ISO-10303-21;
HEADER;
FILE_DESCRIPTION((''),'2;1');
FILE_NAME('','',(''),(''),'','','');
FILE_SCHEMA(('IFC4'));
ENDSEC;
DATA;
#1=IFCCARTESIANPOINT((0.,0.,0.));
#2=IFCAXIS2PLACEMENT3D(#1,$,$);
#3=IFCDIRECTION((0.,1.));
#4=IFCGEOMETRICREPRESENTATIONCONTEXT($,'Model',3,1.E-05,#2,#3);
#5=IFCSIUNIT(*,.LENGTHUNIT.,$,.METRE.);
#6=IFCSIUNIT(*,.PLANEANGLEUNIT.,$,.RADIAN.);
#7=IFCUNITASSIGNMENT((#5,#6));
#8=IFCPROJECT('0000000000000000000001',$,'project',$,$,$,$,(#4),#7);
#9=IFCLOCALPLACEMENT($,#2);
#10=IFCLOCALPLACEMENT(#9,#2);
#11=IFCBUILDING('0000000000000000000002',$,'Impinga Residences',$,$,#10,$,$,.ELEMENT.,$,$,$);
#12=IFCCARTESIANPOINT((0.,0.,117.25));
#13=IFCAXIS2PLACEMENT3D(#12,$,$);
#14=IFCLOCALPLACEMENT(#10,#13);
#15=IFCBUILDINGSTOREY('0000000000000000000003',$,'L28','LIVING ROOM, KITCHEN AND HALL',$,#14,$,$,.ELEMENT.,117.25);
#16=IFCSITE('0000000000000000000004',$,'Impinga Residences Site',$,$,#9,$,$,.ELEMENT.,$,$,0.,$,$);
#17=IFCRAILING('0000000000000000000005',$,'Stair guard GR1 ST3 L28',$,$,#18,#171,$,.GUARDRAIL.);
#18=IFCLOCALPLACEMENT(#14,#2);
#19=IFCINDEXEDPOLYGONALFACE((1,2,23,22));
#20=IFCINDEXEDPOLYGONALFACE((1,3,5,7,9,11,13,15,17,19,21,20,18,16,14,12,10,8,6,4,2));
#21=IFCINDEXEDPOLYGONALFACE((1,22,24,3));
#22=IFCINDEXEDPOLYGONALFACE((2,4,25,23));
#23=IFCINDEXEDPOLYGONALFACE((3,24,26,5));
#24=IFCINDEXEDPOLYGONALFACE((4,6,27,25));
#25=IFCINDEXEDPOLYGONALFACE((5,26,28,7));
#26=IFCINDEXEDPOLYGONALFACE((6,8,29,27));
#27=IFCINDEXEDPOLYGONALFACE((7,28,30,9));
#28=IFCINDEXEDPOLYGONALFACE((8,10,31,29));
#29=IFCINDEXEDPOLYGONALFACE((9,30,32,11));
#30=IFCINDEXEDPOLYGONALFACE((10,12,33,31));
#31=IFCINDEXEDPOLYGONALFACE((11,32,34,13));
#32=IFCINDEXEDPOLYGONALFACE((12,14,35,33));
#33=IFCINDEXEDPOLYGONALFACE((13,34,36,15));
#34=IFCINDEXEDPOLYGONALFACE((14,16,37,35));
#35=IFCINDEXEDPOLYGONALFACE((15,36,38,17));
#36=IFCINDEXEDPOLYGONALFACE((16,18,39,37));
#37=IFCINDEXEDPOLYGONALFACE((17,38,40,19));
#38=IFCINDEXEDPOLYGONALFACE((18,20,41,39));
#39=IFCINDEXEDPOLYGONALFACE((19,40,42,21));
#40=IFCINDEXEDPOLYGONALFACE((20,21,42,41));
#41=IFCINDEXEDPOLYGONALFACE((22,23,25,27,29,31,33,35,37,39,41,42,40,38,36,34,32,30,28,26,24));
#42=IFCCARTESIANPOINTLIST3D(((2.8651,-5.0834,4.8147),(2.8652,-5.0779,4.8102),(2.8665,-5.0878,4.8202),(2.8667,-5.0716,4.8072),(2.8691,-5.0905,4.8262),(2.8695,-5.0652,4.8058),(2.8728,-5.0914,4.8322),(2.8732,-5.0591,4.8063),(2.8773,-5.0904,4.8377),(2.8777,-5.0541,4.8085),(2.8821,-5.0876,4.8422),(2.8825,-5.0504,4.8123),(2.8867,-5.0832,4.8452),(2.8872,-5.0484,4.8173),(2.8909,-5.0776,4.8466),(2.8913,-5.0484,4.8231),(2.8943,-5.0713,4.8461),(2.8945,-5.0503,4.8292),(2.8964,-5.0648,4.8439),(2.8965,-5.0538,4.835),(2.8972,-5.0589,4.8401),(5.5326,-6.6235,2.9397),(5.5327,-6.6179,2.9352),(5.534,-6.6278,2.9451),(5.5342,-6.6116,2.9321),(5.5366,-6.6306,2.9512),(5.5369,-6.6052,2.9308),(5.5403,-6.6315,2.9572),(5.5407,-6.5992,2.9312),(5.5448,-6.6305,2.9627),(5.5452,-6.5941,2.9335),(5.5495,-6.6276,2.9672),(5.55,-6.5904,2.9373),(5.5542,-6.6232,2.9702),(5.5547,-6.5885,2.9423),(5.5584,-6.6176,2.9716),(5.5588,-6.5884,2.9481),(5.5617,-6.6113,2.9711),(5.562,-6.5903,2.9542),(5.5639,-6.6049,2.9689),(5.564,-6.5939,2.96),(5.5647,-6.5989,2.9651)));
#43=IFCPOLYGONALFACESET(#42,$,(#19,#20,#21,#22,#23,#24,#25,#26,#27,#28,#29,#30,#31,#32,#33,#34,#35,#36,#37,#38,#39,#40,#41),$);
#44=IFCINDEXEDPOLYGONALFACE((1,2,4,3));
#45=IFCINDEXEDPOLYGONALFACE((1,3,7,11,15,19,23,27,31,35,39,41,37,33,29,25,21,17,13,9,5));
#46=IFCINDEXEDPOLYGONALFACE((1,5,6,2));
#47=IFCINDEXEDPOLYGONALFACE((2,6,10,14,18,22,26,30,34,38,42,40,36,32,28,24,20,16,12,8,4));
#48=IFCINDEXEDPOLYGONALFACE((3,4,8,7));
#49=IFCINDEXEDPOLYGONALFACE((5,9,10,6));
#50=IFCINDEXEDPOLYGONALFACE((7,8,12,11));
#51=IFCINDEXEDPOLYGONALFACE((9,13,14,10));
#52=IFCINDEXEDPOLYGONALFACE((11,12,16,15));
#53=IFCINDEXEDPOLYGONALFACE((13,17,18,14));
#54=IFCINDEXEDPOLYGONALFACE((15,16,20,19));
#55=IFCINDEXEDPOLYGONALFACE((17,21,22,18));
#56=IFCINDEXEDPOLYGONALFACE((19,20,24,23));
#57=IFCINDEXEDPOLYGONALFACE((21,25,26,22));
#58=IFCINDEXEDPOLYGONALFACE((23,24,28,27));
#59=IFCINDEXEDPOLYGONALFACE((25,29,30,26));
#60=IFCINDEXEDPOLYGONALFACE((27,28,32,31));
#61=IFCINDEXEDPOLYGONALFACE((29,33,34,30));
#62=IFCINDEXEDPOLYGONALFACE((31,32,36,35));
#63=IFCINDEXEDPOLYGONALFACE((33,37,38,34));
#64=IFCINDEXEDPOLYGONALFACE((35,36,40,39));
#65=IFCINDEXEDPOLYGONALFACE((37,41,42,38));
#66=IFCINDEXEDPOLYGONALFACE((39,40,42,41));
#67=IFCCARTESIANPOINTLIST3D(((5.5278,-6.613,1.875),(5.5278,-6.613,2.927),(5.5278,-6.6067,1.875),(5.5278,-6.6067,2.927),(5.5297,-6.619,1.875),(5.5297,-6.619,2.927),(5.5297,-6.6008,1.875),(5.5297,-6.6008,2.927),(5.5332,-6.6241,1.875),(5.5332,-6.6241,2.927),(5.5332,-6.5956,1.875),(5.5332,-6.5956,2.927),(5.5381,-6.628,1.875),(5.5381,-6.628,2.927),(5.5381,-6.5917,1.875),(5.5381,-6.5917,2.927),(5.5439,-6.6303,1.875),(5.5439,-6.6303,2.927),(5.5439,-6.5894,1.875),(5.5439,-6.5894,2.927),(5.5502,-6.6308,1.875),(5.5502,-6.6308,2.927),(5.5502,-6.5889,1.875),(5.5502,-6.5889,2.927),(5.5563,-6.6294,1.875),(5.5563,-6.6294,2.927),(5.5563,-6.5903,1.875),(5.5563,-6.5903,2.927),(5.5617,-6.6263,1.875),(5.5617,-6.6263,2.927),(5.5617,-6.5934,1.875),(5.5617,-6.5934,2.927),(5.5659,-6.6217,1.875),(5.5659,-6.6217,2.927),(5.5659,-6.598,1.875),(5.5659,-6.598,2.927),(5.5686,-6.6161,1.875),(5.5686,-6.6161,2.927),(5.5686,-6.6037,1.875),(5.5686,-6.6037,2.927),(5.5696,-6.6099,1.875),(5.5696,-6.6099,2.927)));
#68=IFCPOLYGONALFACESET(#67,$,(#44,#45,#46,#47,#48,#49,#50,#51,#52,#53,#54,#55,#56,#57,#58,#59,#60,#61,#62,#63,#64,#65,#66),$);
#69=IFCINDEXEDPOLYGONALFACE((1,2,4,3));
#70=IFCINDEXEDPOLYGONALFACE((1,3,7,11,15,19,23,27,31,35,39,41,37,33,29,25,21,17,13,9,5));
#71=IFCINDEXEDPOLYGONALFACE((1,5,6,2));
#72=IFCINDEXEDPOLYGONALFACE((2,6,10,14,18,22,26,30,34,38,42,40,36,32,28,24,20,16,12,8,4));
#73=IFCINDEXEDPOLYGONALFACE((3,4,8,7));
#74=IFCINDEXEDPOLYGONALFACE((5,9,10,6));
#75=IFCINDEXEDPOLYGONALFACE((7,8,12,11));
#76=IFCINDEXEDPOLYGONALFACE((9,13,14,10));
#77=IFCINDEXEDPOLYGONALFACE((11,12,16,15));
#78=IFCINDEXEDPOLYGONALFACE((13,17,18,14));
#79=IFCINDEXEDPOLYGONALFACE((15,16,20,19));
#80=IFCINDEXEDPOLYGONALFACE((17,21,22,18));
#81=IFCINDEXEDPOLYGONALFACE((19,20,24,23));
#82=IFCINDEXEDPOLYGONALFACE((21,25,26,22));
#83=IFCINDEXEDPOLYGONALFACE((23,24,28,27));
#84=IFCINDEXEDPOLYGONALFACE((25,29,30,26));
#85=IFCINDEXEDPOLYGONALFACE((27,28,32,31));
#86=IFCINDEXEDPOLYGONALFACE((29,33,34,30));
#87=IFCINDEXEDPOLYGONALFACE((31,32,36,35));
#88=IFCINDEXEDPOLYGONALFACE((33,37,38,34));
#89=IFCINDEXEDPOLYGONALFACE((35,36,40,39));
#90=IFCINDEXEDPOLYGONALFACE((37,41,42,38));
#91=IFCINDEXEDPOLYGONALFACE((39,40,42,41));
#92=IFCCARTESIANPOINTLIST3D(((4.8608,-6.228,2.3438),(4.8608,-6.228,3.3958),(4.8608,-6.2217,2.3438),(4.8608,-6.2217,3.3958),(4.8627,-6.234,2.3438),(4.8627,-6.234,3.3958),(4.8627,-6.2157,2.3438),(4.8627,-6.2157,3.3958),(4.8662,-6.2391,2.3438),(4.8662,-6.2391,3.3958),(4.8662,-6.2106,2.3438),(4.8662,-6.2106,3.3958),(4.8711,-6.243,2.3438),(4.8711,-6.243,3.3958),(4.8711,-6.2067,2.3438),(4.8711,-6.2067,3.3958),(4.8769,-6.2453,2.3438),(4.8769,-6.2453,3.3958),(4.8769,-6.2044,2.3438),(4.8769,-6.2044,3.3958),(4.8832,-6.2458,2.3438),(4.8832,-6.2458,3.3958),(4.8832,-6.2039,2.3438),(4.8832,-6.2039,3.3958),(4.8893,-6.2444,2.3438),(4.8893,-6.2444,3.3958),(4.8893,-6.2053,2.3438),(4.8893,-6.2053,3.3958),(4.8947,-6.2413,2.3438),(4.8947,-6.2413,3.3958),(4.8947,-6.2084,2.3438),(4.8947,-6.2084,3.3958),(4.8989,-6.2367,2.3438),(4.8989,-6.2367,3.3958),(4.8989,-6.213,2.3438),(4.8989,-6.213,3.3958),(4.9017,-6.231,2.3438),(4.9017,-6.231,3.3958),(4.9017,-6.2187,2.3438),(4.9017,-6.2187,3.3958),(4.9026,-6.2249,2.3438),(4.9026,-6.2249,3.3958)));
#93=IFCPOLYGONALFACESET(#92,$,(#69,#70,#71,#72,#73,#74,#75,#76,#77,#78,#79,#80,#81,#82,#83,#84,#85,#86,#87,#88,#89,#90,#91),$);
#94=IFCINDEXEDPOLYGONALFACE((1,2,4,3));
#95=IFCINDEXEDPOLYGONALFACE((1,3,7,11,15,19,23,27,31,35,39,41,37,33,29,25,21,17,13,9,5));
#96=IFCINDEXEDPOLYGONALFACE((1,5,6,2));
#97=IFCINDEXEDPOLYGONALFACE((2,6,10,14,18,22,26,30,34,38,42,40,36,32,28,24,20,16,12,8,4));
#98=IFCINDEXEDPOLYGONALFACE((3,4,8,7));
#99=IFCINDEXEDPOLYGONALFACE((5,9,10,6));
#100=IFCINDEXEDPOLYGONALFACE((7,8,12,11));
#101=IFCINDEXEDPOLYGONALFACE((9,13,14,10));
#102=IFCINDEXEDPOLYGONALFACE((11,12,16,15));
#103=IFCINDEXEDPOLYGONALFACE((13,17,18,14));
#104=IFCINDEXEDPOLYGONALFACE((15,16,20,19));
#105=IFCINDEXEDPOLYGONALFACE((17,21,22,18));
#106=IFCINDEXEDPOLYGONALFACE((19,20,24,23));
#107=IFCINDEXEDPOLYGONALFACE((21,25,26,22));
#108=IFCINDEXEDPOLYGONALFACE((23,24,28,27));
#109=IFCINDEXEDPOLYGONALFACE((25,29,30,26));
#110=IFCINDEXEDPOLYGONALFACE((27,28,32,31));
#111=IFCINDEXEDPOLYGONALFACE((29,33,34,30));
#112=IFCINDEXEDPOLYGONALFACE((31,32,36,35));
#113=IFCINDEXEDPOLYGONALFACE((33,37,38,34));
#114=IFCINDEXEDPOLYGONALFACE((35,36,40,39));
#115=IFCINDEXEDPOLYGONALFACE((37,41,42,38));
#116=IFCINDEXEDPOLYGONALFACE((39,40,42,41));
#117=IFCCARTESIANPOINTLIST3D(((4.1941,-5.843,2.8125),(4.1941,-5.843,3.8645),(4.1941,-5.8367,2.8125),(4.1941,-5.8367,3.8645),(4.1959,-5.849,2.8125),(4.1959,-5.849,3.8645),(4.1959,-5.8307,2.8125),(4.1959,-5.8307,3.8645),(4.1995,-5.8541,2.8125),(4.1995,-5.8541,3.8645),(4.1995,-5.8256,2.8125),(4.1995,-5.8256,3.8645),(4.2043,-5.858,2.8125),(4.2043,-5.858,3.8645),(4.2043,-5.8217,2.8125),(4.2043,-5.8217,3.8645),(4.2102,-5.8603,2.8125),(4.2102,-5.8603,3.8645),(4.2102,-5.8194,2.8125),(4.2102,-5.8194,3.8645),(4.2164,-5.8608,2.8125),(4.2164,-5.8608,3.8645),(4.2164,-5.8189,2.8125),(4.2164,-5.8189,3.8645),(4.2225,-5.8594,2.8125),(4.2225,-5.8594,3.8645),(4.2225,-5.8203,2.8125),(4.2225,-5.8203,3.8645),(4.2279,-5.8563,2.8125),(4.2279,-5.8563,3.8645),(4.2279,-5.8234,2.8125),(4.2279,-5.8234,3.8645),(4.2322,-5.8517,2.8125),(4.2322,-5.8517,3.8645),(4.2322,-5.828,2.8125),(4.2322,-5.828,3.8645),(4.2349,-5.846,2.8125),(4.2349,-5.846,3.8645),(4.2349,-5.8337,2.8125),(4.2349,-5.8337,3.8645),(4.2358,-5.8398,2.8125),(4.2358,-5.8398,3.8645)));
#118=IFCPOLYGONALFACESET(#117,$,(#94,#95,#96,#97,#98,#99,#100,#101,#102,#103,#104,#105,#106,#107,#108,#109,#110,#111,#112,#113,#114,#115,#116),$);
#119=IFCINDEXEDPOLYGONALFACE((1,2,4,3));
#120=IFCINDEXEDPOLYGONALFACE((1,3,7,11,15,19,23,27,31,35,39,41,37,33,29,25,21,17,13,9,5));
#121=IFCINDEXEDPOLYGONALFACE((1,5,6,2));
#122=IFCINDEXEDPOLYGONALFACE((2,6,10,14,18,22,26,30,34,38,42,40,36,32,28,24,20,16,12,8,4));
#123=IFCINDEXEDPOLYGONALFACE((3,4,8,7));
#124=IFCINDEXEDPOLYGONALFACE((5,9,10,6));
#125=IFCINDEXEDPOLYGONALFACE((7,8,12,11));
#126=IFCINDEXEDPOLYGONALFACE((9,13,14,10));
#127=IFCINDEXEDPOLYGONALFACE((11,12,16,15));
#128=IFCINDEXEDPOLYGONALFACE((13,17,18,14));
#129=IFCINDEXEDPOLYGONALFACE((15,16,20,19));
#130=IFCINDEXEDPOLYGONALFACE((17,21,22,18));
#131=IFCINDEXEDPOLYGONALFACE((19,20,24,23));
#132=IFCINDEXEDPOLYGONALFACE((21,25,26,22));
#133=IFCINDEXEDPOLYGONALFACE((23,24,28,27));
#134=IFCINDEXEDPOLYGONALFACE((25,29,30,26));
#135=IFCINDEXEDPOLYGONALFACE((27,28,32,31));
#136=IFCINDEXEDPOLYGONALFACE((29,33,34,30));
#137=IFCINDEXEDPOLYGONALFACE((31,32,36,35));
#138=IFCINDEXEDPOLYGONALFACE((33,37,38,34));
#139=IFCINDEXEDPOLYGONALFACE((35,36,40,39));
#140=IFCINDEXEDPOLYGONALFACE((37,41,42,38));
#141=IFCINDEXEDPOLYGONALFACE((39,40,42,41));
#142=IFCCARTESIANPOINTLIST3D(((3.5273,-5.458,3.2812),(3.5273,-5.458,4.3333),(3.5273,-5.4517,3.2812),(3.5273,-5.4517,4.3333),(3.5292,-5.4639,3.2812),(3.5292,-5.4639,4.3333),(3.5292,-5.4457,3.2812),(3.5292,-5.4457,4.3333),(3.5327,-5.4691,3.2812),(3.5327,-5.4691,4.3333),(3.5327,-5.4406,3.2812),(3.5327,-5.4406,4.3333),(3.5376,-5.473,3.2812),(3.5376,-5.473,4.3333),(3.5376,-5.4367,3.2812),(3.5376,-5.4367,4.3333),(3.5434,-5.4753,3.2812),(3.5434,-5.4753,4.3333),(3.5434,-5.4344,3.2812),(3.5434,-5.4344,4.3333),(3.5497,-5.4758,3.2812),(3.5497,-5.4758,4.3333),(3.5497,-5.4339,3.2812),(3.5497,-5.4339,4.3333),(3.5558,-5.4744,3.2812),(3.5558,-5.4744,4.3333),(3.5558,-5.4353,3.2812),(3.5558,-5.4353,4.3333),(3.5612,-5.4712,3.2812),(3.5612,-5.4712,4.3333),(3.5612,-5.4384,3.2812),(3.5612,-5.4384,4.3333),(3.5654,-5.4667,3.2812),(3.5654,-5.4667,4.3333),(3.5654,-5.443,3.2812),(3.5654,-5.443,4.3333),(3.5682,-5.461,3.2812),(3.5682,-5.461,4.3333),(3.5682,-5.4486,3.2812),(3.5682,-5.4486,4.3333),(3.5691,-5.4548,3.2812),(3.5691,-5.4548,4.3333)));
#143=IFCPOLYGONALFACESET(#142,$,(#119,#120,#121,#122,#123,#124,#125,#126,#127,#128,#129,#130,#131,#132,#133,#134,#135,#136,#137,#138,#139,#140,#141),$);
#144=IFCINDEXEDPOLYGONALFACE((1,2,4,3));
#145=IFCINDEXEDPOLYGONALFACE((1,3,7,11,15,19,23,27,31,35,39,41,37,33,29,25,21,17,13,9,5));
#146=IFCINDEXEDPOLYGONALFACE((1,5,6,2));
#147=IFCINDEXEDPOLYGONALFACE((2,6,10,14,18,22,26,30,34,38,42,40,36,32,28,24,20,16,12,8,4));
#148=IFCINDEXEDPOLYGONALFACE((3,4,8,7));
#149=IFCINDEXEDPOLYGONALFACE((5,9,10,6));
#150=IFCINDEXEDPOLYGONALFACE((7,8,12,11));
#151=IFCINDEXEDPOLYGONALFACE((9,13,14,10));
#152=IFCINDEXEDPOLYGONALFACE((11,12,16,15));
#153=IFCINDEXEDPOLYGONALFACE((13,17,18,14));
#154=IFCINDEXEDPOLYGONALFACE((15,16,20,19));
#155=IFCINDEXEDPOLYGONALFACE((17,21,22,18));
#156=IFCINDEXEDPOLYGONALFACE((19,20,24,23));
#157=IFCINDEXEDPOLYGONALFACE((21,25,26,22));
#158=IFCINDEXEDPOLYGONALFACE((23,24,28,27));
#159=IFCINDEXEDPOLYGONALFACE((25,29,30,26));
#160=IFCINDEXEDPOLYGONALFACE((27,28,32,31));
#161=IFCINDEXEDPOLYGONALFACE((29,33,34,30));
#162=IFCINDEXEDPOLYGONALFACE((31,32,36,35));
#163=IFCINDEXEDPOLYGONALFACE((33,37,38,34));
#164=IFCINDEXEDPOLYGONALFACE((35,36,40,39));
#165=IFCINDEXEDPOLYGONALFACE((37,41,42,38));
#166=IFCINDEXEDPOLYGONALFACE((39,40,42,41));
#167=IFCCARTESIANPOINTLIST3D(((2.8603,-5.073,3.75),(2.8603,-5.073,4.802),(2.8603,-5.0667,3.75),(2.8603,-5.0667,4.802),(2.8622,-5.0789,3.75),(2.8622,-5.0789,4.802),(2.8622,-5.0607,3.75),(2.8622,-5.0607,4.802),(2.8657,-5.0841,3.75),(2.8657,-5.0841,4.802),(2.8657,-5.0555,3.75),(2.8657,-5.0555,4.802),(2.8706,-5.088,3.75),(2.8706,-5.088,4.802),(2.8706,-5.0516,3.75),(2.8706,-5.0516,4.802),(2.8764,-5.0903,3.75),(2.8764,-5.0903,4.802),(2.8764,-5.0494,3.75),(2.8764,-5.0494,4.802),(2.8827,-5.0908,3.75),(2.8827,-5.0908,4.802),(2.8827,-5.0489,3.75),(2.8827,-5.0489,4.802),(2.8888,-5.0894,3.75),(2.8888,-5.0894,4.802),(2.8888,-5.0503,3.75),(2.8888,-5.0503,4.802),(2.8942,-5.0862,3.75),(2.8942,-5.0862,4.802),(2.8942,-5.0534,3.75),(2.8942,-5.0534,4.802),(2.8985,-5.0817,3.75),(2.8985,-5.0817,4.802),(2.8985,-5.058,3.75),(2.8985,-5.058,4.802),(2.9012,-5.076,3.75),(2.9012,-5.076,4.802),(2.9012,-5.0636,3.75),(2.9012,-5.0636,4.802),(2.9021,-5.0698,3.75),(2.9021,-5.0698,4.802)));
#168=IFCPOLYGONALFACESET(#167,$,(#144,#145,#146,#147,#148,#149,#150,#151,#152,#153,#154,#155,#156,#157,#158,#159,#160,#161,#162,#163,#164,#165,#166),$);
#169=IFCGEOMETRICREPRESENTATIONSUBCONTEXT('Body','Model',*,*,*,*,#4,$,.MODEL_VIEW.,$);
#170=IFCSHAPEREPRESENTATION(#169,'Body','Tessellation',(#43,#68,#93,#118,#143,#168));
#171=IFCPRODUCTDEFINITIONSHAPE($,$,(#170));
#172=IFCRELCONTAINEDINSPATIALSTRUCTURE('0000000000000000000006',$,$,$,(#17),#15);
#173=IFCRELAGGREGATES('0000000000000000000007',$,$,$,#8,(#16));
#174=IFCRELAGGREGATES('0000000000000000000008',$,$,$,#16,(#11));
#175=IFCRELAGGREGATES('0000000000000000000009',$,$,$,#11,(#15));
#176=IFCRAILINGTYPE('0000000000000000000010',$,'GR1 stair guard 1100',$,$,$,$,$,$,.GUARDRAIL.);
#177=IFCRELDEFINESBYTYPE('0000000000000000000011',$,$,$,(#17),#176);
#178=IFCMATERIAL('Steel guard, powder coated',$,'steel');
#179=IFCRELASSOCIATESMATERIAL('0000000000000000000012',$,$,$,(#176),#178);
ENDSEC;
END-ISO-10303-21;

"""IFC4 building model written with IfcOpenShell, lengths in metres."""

from ifc_helpers import new_model, si_unit, direction, frame, origin, origin_2d, place, context, subcontext, project, spatial, circle, extrude, material, type_object, element, save


model = new_model("IFC4")

# Units and contexts
model_context = context("Model", 3, precision=1e-05, world=origin(), true_north=direction((0.0, 1.0)))
body_context = subcontext(model_context, "Body", "Model", "MODEL_VIEW")
ifc_project = project(units=[si_unit("LENGTHUNIT", "METRE"), si_unit("PLANEANGLEUNIT", "RADIAN")], contexts=[model_context])

# Site, building, storey
site_placement = place(None, origin())
site = spatial("IfcSite", under=ifc_project, at=site_placement, Name="Impinga Residences Site", CompositionType="ELEMENT", RefElevation=0.0)
building_placement = place(site_placement, origin())
building = spatial("IfcBuilding", under=site, at=building_placement, Name="Impinga Residences", CompositionType="ELEMENT")
storey_placement = place(building_placement, frame((0.0, 0.0, 117.25)))
storey = spatial("IfcBuildingStorey", under=building, at=storey_placement, Name="L28", Description="LIVING ROOM, KITCHEN AND HALL", CompositionType="ELEMENT", Elevation=117.25)

# Railing
ifc_material_1 = material(Name="Steel guard, powder coated", Category="steel")
railing_type_1 = type_object("IfcRailingType", Name="GR1 stair guard 1100", PredefinedType="GUARDRAIL", material=ifc_material_1)
railing_1_placement = place(storey_placement, frame((5.5486, -6.6099, 1.875)))
element("IfcRailing", 1, at=railing_1_placement, inside=storey, type_object=railing_type_1, Name="Stair guard GR1 ST3 L28", PredefinedType="GUARDRAIL", context=body_context, shape_type="SweptSolid", body=[
    extrude(circle(Radius=0.0239, at=origin_2d()), frame((0.0, 0.0, 1.0762), z_axis=(-0.739746, 0.427084, 0.519975), x_axis=(-0.499992, -0.86603, 0.0)), (0.0, 0.0, 1.0), 3.606),
    extrude(circle(Radius=0.021, at=origin_2d()), origin(), (0.0, 0.0, 1.0), 1.052),
    extrude(circle(Radius=0.021, at=origin_2d()), frame((-0.667, 0.385, 0.4688)), (0.0, 0.0, 1.0), 1.052),
    extrude(circle(Radius=0.021, at=origin_2d()), frame((-1.3337, 0.77, 0.9375)), (0.0, 0.0, 1.0), 1.052),
    extrude(circle(Radius=0.021, at=origin_2d()), frame((-2.0005, 1.155, 1.4062)), (0.0, 0.0, 1.0), 1.052),
    extrude(circle(Radius=0.021, at=origin_2d()), frame((-2.6675, 1.54, 1.875)), (0.0, 0.0, 1.0), 1.052),
])

save(model, "model.ifc")
